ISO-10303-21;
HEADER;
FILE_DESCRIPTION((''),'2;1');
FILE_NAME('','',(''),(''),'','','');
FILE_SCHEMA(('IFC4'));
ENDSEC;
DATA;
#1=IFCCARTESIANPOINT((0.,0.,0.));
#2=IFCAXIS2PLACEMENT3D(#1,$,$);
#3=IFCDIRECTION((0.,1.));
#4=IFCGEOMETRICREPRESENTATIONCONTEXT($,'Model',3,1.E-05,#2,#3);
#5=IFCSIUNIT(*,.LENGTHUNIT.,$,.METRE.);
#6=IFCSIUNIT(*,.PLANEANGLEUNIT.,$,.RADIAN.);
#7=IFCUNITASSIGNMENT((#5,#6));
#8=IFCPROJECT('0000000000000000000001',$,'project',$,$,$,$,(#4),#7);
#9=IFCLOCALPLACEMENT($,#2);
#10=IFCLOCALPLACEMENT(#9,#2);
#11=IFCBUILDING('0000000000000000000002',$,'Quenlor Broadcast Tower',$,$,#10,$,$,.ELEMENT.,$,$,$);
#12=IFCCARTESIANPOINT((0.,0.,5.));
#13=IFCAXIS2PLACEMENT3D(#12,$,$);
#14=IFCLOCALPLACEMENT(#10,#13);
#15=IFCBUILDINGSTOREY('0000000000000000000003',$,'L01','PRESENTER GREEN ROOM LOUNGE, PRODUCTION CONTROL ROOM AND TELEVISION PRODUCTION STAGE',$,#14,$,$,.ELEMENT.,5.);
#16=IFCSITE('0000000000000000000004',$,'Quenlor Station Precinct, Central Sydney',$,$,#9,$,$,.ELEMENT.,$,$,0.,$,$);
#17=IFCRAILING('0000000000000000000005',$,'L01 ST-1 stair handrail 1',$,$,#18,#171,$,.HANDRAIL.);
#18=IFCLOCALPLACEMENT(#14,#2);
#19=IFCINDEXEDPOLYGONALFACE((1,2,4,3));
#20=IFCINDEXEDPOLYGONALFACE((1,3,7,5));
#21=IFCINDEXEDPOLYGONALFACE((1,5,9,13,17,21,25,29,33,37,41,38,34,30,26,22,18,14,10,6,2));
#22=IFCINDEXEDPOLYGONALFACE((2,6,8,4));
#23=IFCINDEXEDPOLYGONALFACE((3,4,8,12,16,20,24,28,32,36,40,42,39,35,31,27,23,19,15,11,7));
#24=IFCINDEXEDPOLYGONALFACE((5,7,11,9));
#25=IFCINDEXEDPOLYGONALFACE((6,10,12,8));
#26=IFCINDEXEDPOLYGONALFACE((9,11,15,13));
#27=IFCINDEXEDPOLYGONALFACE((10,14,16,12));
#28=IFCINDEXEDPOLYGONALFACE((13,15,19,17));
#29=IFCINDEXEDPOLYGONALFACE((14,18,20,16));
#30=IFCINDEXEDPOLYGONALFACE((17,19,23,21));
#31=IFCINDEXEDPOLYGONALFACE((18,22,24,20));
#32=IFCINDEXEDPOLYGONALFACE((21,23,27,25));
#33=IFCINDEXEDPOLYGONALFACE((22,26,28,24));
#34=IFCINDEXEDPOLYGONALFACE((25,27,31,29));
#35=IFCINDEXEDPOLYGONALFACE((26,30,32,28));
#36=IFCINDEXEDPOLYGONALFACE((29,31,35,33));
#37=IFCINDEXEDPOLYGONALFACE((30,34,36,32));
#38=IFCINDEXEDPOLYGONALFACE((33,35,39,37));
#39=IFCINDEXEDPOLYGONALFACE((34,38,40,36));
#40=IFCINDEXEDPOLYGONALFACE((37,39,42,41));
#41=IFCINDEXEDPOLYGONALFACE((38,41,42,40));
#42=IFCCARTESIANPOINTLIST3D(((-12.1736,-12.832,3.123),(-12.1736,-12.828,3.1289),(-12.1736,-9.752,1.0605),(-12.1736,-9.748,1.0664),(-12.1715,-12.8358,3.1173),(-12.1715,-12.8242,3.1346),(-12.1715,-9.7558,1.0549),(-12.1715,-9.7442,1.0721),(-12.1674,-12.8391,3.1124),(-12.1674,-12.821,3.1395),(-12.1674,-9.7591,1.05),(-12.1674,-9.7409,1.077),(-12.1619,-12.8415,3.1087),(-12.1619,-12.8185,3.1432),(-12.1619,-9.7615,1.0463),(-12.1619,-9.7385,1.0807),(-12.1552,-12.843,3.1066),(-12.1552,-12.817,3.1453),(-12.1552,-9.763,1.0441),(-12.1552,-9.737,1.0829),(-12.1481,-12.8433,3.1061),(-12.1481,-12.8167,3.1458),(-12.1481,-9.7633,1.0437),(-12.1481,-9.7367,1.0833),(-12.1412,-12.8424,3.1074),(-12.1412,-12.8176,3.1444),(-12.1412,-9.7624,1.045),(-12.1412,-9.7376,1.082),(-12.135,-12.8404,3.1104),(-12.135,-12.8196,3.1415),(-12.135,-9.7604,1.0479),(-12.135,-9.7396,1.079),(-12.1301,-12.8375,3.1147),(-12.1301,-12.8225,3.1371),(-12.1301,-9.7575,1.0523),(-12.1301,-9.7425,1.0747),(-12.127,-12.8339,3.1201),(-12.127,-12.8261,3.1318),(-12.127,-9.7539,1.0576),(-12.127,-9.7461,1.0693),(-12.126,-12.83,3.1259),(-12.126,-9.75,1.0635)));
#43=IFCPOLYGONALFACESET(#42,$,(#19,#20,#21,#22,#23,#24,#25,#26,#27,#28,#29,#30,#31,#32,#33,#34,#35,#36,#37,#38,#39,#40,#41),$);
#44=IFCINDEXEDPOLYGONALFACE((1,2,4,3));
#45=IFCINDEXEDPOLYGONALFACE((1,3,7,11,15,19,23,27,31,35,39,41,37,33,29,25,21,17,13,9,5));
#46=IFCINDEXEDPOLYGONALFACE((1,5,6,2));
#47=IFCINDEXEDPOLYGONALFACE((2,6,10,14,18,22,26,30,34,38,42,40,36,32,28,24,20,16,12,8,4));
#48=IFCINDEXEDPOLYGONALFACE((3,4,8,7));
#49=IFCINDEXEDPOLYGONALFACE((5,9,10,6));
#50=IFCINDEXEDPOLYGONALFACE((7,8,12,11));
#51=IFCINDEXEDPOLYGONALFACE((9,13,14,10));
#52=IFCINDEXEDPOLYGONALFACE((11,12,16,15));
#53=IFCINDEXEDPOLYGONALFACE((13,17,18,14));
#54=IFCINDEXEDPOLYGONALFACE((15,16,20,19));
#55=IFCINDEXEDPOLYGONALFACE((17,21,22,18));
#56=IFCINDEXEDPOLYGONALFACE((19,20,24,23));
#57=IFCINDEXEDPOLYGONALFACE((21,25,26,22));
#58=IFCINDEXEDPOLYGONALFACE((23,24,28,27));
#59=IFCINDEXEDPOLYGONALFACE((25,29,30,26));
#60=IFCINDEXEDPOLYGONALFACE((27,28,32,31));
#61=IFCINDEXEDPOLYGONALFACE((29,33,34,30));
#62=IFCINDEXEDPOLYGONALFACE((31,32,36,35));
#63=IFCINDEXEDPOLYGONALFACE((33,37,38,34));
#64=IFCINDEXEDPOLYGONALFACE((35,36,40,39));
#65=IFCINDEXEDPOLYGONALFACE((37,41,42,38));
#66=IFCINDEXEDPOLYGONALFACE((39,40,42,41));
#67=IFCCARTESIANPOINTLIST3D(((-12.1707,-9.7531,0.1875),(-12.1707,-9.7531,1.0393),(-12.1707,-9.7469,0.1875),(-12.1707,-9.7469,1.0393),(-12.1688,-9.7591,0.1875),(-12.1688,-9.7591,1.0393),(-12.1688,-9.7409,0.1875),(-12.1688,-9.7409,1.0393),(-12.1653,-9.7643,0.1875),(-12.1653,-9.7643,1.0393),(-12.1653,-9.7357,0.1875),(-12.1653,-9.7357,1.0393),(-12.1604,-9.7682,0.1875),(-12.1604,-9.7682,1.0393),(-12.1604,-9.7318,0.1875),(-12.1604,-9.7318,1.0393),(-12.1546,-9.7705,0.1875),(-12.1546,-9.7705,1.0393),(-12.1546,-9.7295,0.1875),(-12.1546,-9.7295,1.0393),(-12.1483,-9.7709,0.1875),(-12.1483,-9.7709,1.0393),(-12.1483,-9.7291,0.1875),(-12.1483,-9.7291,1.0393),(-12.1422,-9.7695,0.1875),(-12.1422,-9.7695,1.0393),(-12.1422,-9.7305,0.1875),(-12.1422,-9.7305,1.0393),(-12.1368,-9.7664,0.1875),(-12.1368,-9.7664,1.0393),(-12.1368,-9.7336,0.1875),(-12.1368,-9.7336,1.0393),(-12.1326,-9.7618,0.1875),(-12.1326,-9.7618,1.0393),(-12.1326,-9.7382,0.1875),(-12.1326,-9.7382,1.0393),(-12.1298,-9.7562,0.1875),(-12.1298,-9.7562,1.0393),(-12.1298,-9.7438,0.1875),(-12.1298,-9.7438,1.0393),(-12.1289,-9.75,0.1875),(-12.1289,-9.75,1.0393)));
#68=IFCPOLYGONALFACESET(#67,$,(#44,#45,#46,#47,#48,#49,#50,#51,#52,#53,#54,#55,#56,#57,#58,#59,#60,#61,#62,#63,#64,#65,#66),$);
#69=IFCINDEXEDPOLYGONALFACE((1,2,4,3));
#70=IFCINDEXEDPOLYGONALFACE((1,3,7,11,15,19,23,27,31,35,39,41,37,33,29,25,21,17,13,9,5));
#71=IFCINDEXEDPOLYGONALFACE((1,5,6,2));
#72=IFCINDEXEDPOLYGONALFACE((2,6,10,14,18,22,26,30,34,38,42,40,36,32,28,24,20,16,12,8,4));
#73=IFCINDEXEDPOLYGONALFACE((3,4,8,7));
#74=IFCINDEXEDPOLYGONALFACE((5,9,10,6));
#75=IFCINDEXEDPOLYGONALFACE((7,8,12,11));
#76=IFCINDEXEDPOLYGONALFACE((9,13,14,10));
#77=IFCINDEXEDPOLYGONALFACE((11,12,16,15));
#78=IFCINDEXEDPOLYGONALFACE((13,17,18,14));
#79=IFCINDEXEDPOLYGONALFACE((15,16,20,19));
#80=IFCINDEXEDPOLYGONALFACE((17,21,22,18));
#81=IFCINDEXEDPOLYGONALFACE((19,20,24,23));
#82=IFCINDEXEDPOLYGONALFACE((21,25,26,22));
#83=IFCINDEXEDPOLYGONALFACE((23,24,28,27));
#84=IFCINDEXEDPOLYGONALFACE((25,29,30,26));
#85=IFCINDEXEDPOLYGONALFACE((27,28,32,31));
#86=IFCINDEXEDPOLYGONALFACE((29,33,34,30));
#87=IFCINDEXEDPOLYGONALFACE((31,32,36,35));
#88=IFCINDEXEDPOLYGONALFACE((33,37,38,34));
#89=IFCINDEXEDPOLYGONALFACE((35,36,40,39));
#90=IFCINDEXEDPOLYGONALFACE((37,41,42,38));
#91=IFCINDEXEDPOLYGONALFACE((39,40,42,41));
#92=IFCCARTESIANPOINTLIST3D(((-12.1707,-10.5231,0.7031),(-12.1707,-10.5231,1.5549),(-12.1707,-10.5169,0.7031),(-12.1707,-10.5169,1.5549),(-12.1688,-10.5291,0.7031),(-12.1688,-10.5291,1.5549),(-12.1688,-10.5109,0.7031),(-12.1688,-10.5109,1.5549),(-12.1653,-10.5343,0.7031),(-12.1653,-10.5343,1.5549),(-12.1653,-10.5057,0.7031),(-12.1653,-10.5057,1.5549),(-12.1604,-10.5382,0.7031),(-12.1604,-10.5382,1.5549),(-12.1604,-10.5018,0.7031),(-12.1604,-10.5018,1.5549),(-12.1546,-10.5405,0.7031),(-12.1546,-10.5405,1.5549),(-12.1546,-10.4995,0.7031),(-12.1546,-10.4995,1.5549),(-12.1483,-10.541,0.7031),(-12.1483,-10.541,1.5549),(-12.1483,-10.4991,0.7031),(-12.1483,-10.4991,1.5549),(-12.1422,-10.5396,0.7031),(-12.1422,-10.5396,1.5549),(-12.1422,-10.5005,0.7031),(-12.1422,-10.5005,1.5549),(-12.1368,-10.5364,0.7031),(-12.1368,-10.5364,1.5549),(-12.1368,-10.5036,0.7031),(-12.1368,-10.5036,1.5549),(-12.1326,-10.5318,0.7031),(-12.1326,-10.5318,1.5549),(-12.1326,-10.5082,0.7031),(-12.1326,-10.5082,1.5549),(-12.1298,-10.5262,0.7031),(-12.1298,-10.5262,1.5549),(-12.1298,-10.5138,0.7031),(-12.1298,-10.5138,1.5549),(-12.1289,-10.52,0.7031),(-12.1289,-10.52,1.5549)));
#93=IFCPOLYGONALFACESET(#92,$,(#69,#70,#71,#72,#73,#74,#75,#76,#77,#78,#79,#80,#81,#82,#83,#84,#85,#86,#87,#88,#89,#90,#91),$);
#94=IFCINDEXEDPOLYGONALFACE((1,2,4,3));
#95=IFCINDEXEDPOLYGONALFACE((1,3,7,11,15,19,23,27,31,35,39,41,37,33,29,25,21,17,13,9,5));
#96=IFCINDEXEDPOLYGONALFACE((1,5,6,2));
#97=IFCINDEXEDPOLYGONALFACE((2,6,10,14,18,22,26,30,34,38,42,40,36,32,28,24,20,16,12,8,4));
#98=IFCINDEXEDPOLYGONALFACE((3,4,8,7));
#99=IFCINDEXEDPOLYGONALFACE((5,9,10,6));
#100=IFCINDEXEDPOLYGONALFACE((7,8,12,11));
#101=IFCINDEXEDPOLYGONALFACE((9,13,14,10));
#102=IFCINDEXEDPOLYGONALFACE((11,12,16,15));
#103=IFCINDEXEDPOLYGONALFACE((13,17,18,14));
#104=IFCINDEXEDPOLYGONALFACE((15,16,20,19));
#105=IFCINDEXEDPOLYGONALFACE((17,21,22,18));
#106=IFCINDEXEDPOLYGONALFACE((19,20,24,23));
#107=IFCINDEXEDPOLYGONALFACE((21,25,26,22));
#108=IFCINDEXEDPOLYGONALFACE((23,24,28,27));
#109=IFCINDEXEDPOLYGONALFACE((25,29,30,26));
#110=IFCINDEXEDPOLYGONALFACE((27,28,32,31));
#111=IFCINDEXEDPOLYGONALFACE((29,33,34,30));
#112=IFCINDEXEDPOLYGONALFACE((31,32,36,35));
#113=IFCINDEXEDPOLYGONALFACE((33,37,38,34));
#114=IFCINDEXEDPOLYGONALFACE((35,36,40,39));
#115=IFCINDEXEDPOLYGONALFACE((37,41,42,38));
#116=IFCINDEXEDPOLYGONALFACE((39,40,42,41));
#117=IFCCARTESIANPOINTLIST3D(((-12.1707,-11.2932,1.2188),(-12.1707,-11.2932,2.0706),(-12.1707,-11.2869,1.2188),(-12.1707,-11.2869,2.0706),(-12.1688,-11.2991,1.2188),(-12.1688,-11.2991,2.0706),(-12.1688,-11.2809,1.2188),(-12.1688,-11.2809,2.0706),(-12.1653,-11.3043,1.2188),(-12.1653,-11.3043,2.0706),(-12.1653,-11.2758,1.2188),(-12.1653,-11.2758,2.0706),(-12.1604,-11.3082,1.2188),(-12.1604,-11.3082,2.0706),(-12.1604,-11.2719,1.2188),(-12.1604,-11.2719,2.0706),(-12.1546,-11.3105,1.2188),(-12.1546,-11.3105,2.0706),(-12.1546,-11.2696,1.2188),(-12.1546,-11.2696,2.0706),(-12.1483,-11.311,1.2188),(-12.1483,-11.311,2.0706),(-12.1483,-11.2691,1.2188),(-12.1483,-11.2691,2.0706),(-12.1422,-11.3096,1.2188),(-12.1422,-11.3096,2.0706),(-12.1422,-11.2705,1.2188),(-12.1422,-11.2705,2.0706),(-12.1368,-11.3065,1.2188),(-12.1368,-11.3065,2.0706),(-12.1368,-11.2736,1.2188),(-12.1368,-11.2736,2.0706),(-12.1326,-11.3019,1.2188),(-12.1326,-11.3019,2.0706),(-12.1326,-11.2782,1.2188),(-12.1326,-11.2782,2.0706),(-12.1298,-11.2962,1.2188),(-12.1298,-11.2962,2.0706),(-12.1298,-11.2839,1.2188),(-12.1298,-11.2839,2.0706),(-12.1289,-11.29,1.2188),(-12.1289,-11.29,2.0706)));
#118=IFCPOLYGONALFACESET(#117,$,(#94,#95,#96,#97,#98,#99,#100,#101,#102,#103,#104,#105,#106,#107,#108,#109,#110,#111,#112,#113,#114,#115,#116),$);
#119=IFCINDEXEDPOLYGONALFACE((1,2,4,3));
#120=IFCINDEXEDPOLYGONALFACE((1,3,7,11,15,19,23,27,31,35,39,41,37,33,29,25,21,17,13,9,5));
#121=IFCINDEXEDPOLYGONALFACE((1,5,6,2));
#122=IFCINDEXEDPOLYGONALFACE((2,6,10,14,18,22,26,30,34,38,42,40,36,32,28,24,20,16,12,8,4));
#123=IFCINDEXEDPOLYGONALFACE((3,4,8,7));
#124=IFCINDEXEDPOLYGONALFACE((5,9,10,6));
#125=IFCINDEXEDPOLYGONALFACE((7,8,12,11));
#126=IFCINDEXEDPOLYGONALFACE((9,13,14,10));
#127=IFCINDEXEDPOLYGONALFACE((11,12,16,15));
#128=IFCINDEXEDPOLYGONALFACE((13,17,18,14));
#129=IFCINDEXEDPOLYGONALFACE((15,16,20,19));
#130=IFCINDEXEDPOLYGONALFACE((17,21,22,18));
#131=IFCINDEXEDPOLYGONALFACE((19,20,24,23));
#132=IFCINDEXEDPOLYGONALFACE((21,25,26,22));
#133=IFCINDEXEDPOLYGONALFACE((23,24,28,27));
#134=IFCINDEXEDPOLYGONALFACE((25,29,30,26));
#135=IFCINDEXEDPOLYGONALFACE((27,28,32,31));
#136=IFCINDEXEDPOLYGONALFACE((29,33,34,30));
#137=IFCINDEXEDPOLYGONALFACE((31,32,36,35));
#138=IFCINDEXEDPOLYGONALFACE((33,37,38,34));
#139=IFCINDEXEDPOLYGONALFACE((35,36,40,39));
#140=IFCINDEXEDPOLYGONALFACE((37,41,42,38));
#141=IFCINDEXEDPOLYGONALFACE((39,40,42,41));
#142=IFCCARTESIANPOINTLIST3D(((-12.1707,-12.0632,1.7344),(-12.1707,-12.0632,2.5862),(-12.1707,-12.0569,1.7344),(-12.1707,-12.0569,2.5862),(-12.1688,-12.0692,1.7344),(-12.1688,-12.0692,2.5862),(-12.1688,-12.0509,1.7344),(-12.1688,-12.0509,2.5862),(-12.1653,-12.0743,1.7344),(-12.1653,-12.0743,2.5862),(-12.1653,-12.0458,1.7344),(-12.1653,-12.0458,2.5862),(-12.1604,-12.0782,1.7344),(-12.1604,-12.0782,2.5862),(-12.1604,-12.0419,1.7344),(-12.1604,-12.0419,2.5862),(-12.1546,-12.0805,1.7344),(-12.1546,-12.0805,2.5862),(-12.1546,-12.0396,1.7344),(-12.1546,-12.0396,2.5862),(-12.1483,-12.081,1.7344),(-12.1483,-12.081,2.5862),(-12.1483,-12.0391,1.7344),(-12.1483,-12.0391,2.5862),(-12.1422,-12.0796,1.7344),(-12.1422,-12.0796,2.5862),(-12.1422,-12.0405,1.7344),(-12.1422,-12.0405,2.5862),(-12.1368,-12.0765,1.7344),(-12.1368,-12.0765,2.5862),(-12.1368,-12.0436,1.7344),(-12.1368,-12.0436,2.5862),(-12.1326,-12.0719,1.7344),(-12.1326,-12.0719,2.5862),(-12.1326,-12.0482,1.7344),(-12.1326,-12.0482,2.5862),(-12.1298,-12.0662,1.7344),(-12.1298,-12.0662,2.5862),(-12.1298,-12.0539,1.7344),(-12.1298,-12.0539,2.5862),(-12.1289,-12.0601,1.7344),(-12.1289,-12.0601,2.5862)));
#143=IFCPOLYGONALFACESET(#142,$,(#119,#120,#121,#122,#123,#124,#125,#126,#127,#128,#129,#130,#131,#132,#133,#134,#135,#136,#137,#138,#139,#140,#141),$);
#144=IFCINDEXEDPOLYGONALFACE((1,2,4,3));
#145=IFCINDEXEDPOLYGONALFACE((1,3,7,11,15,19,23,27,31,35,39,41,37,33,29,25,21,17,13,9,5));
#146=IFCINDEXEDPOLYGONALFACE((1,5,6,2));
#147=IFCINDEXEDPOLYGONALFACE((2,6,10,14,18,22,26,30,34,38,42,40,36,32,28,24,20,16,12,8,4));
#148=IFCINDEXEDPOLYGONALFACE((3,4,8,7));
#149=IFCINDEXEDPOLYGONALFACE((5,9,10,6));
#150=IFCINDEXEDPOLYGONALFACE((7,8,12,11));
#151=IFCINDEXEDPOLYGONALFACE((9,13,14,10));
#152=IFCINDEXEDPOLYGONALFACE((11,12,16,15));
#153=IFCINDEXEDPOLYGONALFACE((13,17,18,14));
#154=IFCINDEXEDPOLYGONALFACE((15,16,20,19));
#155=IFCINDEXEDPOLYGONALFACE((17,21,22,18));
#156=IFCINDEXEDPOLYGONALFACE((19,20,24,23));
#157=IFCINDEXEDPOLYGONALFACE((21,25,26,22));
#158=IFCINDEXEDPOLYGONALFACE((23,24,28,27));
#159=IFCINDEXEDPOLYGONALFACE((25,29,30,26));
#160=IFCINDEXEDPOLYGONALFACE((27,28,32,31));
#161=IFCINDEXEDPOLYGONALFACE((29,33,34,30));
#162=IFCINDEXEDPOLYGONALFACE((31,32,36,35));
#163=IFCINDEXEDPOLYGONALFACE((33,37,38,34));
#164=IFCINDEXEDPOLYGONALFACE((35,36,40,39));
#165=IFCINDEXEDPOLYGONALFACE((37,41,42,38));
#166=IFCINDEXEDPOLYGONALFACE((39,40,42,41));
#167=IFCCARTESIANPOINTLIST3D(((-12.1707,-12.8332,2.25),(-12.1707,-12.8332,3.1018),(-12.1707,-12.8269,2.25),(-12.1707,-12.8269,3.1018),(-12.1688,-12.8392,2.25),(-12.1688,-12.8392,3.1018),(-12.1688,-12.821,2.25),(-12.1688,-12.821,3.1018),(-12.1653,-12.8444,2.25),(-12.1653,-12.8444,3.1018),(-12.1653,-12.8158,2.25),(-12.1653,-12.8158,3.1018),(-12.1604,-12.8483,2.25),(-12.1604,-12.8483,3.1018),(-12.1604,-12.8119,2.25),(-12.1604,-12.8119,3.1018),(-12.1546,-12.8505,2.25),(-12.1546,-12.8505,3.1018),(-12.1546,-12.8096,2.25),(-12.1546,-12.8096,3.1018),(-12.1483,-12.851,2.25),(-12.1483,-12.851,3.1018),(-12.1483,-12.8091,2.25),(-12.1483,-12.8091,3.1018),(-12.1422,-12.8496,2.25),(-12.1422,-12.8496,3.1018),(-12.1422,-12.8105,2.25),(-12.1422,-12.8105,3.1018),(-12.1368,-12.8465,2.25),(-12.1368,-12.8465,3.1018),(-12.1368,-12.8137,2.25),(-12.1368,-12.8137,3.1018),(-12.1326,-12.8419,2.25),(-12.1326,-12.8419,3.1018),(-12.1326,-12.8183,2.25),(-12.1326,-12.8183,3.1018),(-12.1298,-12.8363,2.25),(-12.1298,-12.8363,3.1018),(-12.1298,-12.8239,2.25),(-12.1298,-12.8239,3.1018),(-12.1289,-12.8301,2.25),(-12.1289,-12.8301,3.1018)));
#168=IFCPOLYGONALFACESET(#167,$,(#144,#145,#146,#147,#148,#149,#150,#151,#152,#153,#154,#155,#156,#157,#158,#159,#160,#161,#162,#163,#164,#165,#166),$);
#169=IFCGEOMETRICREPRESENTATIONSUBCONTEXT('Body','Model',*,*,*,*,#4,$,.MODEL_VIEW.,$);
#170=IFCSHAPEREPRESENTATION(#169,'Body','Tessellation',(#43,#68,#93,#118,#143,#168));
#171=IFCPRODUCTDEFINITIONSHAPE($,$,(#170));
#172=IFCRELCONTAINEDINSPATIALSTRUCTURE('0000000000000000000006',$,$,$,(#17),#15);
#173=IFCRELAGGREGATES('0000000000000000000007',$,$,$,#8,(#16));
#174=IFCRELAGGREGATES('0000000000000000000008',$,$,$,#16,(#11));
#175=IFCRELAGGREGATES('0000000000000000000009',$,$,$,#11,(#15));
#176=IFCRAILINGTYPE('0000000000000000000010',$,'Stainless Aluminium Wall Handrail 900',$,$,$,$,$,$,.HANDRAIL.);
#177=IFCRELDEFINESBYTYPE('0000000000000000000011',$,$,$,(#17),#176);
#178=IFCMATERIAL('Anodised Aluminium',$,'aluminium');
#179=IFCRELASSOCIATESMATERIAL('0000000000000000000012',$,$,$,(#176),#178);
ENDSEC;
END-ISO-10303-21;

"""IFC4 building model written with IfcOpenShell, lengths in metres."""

from ifc_helpers import new_model, si_unit, direction, frame, origin, origin_2d, place, context, subcontext, project, spatial, circle, extrude, material, type_object, element, save


model = new_model("IFC4")

# Units and contexts
model_context = context("Model", 3, precision=1e-05, world=origin(), true_north=direction((0.0, 1.0)))
body_context = subcontext(model_context, "Body", "Model", "MODEL_VIEW")
ifc_project = project(units=[si_unit("LENGTHUNIT", "METRE"), si_unit("PLANEANGLEUNIT", "RADIAN")], contexts=[model_context])

# Site, building, storey
site_placement = place(None, origin())
site = spatial("IfcSite", under=ifc_project, at=site_placement, Name="Quenlor Station Precinct, Central Sydney", CompositionType="ELEMENT", RefElevation=0.0)
building_placement = place(site_placement, origin())
building = spatial("IfcBuilding", under=site, at=building_placement, Name="Quenlor Broadcast Tower", CompositionType="ELEMENT")
storey_placement = place(building_placement, frame((0.0, 0.0, 5.0)))
storey = spatial("IfcBuildingStorey", under=building, at=storey_placement, Name="L01", Description="PRESENTER GREEN ROOM LOUNGE, PRODUCTION CONTROL ROOM AND TELEVISION PRODUCTION STAGE", CompositionType="ELEMENT", Elevation=5.0)

# Railing
ifc_material_1 = material(Name="Anodised Aluminium", Category="aluminium")
railing_type_1 = type_object("IfcRailingType", Name="Stainless Aluminium Wall Handrail 900", PredefinedType="HANDRAIL", material=ifc_material_1)
railing_1_placement = place(storey_placement, frame((-12.1499, -9.75, 0.1875)))
element("IfcRailing", 1, at=railing_1_placement, inside=storey, type_object=railing_type_1, Name="L01 ST-1 stair handrail 1", PredefinedType="HANDRAIL", context=body_context, shape_type="SweptSolid", body=[
    extrude(circle(Radius=0.0239, at=origin_2d()), frame((0.0, 0.0, 0.876), z_axis=(0.0, -0.830914, 0.556401), x_axis=(1.0, 0.0, 0.0)), (0.0, 0.0, 1.0), 3.7068),
    extrude(circle(Radius=0.021, at=origin_2d()), origin(), (0.0, 0.0, 1.0), 0.8518),
    extrude(circle(Radius=0.021, at=origin_2d()), frame((0.0, -0.77, 0.5156)), (0.0, 0.0, 1.0), 0.8518),
    extrude(circle(Radius=0.021, at=origin_2d()), frame((0.0, -1.54, 1.0312)), (0.0, 0.0, 1.0), 0.8518),
    extrude(circle(Radius=0.021, at=origin_2d()), frame((0.0, -2.3101, 1.5469)), (0.0, 0.0, 1.0), 0.8518),
    extrude(circle(Radius=0.021, at=origin_2d()), frame((0.0, -3.0801, 2.0625)), (0.0, 0.0, 1.0), 0.8518),
])

save(model, "model.ifc")
